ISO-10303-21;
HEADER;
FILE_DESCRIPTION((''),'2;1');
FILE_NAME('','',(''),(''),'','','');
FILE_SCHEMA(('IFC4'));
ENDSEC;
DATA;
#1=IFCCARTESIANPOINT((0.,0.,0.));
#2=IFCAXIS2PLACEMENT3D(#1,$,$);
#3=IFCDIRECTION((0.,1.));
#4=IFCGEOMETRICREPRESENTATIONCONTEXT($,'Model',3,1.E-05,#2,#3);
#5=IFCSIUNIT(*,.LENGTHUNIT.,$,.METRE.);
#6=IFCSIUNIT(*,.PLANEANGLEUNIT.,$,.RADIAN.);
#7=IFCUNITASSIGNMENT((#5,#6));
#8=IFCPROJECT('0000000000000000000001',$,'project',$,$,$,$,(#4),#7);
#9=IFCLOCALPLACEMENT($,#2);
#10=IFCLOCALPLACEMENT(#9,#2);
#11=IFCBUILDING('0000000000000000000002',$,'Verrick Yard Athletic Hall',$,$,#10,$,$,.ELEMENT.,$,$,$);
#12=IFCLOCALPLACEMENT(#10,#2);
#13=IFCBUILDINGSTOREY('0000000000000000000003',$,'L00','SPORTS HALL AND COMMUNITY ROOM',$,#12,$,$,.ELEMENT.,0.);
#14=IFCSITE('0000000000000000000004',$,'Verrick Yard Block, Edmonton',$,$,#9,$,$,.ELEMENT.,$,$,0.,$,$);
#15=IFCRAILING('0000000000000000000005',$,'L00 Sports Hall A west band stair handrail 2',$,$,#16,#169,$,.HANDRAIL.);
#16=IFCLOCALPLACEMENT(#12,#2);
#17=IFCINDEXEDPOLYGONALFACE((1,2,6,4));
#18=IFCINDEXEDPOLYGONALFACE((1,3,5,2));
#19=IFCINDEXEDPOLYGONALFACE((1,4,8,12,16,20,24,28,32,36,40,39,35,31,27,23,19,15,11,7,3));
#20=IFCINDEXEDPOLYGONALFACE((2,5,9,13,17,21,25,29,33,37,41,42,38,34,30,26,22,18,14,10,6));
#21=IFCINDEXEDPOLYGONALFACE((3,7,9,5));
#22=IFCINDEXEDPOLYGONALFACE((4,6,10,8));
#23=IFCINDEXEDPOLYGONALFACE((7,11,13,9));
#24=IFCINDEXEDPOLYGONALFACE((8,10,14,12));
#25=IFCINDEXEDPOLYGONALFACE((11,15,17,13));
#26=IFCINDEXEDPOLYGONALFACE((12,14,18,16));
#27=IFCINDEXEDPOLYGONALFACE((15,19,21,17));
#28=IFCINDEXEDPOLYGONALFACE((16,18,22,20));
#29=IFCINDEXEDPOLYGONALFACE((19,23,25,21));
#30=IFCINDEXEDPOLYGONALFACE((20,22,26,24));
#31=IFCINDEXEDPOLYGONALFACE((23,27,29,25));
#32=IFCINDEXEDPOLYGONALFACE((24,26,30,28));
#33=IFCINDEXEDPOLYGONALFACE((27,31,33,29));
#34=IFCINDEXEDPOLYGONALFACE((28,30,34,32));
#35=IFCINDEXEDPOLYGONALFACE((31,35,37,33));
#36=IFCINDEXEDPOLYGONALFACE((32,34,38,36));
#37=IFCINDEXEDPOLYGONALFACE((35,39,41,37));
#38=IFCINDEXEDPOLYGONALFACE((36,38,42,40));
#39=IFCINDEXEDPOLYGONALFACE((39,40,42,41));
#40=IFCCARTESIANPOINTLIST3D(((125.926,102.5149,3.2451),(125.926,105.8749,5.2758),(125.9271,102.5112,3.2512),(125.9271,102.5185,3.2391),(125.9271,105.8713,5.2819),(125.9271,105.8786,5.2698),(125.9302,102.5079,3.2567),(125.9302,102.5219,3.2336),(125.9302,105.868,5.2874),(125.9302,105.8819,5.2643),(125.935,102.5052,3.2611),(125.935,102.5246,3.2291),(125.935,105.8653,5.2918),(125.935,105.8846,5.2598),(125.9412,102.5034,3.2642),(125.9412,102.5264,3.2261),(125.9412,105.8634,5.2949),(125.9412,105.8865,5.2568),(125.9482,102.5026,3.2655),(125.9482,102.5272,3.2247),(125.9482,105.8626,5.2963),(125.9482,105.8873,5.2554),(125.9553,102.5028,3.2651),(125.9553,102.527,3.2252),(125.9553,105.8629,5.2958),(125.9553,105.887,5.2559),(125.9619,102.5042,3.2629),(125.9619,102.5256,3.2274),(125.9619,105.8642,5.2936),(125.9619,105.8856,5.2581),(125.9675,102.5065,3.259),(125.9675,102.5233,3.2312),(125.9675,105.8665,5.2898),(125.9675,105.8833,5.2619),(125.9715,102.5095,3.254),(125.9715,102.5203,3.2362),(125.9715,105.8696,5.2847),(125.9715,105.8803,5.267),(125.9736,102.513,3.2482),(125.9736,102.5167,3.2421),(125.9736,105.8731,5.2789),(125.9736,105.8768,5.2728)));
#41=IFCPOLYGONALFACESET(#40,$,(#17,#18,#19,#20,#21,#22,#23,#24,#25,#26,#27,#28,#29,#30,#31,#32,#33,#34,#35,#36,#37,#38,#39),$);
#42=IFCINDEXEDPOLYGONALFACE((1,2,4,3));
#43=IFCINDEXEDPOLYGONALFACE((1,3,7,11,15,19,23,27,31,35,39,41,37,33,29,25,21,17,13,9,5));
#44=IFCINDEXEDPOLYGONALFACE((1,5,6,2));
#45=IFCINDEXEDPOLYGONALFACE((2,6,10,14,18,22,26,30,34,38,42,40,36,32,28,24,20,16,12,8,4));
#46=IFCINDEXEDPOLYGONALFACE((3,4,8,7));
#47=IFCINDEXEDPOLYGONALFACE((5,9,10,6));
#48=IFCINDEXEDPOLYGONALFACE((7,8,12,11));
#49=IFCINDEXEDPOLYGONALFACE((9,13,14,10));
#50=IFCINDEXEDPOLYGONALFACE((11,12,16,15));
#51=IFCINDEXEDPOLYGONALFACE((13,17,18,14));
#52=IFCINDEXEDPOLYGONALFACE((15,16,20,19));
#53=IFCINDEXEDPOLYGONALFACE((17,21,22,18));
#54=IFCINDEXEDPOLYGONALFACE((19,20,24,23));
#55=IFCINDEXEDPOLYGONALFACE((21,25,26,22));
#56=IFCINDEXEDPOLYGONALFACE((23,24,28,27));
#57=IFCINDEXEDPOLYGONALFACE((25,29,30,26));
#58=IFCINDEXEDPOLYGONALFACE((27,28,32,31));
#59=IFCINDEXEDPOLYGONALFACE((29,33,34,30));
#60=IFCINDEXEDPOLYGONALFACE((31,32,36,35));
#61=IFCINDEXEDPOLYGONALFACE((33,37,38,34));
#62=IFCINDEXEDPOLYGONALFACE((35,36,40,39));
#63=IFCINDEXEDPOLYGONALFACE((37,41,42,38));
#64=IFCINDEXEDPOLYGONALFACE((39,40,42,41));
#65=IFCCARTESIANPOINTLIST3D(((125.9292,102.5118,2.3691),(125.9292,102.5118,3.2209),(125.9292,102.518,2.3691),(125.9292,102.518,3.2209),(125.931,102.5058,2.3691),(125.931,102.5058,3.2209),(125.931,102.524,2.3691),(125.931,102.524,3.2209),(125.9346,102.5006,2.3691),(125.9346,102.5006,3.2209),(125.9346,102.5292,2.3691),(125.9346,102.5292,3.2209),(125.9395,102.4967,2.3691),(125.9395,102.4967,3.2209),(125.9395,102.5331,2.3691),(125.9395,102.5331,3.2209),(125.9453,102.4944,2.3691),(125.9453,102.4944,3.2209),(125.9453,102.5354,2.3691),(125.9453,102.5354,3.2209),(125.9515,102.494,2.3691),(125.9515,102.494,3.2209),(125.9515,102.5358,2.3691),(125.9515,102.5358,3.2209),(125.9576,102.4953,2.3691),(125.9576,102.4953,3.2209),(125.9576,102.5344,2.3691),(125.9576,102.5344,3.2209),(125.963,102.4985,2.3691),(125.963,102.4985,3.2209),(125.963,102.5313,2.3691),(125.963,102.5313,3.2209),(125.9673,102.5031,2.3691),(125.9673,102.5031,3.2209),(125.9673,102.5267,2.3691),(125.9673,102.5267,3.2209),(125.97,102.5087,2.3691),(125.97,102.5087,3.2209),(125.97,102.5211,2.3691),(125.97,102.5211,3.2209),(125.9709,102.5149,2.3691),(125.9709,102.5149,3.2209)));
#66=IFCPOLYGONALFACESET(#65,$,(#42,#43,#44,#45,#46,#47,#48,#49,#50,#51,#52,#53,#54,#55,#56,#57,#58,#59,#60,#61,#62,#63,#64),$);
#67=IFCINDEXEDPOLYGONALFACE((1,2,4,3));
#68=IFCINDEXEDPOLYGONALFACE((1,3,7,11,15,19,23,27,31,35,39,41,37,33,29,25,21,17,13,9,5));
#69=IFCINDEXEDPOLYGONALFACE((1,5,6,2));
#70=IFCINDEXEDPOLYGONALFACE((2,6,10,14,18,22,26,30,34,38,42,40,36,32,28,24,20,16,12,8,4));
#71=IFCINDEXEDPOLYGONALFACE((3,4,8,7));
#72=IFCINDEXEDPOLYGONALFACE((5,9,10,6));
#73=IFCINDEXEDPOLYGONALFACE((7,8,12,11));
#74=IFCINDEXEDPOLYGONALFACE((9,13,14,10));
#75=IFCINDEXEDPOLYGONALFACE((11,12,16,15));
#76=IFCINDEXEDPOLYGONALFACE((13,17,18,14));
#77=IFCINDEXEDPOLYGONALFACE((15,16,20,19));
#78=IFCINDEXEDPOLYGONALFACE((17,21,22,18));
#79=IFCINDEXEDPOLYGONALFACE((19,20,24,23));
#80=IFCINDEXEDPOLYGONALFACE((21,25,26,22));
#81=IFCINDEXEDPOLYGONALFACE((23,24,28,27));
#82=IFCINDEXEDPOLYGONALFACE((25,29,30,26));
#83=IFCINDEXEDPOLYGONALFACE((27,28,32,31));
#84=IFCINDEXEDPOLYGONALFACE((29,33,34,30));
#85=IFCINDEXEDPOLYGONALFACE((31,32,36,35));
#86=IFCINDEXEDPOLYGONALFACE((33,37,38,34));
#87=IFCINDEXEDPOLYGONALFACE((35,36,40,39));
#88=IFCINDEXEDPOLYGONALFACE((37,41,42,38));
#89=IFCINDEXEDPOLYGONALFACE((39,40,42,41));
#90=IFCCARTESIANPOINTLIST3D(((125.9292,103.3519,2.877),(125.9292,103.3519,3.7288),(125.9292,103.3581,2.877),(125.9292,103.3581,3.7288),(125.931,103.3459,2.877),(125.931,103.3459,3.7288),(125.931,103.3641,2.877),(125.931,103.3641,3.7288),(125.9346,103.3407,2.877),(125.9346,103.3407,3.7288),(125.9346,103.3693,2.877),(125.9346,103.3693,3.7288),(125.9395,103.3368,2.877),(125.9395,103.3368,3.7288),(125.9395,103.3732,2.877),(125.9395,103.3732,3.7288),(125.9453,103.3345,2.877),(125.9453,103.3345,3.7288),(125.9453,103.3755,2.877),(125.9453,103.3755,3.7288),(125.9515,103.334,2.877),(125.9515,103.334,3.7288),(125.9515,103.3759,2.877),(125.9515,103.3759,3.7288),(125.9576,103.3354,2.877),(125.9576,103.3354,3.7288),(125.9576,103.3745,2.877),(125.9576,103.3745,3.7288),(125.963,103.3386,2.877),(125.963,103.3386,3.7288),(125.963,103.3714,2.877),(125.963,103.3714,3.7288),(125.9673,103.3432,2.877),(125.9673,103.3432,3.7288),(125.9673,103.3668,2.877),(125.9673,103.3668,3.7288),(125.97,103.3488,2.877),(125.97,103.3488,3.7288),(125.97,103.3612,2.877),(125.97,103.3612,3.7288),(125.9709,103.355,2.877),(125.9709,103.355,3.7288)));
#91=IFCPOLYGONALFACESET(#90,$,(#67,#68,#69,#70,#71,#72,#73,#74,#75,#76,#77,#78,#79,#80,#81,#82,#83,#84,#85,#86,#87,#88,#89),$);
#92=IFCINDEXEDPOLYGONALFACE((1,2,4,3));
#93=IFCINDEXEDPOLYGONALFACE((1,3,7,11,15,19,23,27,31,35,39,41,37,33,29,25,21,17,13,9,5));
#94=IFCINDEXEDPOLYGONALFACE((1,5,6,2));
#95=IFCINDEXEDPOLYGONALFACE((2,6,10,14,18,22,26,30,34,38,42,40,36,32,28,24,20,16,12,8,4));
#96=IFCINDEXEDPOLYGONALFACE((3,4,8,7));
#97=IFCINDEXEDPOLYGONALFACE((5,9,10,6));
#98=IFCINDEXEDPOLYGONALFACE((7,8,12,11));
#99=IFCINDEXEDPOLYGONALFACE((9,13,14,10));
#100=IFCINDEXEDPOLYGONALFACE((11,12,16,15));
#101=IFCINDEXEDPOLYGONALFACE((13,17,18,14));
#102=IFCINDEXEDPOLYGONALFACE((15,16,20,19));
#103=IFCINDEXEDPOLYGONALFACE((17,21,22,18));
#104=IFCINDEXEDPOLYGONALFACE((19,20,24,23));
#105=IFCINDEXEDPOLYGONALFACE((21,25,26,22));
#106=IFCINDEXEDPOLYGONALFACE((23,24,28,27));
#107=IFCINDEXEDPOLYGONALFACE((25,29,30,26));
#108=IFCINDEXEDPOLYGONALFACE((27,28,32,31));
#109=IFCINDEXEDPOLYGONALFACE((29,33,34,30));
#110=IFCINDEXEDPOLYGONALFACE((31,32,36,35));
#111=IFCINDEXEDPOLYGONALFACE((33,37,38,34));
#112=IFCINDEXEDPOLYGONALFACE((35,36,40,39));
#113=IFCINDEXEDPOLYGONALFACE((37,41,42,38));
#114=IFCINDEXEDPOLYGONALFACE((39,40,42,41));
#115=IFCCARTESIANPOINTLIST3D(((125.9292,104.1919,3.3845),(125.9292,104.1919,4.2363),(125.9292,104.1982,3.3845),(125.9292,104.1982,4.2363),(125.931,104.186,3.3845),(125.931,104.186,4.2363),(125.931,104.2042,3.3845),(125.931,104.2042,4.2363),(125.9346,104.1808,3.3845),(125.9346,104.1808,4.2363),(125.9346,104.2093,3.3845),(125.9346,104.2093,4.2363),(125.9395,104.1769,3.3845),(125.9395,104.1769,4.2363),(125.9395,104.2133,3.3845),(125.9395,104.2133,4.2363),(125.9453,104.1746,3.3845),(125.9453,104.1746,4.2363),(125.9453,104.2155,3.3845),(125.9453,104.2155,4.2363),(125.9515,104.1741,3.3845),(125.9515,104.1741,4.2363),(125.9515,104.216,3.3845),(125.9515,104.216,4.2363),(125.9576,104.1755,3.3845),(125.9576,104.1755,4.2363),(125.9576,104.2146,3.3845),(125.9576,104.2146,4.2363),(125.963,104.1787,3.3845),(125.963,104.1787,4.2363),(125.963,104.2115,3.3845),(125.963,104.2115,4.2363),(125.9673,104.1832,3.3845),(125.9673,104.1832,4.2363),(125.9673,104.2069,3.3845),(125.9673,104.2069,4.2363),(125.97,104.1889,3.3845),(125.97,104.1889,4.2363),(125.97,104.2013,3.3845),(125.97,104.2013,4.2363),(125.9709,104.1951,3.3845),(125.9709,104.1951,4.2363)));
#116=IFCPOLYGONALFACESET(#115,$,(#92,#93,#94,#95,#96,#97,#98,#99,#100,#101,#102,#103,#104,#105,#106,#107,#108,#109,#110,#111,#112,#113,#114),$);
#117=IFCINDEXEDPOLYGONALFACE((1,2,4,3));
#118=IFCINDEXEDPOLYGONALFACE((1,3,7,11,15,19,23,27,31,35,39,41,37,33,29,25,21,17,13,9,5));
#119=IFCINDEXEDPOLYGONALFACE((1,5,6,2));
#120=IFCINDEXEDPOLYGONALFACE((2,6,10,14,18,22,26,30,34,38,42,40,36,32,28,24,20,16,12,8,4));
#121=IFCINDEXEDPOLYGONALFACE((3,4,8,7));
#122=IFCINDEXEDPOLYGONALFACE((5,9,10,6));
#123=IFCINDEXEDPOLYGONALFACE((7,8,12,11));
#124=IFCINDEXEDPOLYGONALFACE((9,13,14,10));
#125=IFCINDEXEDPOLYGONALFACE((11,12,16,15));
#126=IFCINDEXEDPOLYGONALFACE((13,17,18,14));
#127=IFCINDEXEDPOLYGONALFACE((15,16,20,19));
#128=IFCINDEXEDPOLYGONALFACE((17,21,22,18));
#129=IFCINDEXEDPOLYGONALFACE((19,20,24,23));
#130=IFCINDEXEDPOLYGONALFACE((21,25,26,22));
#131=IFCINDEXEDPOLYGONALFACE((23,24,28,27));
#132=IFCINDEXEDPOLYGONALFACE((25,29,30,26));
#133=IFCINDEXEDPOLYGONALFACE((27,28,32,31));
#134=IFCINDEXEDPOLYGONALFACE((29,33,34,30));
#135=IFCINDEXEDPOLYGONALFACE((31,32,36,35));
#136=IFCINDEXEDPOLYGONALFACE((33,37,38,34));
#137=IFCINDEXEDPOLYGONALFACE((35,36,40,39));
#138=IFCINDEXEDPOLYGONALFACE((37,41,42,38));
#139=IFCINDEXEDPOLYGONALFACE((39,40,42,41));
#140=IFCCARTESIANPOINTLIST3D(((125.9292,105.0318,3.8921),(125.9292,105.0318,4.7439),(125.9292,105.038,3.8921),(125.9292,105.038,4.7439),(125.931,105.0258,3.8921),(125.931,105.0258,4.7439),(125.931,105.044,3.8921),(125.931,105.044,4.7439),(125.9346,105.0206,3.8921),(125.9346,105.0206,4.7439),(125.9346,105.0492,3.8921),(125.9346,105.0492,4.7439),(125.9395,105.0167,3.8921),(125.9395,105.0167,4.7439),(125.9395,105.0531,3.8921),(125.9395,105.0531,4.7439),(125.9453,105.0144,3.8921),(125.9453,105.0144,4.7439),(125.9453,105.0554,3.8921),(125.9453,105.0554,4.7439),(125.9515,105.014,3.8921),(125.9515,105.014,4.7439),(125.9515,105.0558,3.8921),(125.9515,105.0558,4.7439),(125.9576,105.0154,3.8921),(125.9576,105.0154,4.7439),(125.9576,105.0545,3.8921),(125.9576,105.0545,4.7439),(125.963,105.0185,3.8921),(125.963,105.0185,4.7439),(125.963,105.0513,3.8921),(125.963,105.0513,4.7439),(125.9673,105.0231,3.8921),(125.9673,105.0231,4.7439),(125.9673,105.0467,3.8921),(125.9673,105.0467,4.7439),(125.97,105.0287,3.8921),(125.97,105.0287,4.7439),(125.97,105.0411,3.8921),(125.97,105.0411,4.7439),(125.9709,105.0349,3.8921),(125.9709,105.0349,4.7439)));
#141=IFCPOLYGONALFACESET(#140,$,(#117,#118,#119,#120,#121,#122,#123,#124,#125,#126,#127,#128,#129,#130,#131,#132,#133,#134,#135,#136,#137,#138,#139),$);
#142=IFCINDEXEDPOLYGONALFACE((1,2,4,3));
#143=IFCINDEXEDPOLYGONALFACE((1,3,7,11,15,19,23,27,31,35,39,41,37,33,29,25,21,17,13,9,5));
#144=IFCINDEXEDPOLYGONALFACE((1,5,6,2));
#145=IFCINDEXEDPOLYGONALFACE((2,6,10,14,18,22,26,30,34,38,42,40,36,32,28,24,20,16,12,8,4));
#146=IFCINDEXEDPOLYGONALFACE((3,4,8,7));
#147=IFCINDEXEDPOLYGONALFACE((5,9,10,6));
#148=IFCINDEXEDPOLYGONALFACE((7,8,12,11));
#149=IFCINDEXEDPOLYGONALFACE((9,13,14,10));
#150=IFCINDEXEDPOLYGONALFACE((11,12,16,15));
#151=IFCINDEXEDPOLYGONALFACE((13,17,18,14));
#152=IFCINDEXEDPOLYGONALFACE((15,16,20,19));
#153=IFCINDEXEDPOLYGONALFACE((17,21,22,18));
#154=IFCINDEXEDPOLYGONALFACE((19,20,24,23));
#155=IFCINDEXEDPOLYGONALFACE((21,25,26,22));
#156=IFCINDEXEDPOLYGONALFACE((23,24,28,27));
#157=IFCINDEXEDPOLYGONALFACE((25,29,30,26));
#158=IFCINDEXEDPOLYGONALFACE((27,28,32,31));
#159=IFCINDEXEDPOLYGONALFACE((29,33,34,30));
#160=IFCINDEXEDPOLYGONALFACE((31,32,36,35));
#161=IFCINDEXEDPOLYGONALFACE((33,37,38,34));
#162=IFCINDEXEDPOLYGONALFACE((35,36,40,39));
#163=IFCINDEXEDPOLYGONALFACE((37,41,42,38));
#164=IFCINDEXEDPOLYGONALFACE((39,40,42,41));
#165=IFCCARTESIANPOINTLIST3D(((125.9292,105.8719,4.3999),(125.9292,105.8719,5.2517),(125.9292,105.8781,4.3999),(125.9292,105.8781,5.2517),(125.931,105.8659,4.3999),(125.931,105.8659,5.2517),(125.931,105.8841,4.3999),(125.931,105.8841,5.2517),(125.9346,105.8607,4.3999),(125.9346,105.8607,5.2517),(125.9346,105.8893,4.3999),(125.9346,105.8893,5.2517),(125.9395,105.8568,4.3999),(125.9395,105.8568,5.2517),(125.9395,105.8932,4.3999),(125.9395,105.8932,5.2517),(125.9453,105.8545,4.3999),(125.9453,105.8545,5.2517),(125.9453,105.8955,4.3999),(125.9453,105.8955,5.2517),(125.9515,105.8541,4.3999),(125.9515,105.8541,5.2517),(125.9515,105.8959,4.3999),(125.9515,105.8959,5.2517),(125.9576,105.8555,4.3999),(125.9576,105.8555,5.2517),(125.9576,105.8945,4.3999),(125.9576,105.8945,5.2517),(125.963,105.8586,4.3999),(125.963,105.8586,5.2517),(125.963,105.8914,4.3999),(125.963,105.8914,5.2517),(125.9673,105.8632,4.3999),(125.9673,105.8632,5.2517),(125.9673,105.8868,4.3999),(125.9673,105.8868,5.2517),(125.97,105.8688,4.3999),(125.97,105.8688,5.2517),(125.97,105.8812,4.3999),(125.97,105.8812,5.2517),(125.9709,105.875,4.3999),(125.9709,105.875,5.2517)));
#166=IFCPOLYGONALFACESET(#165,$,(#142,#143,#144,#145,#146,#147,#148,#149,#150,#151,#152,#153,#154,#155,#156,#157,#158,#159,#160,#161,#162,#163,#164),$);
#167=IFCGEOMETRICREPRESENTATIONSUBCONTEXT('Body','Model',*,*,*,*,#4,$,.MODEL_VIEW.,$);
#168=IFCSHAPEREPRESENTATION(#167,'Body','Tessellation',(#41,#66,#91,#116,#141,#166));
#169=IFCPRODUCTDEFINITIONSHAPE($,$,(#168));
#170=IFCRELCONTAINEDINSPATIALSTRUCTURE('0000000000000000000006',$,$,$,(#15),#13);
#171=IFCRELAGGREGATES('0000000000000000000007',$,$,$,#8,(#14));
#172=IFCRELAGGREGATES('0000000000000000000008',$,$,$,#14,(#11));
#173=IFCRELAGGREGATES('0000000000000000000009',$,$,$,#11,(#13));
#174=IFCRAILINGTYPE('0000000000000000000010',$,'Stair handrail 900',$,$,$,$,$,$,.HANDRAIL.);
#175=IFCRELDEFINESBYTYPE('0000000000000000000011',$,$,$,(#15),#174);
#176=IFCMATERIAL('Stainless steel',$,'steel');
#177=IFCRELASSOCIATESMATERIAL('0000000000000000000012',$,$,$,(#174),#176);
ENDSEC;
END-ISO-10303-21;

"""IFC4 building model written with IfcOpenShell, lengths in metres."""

from ifc_helpers import new_model, si_unit, direction, frame, origin, origin_2d, place, context, subcontext, project, spatial, circle, extrude, material, type_object, element, save


model = new_model("IFC4")

# Units and contexts
model_context = context("Model", 3, precision=1e-05, world=origin(), true_north=direction((0.0, 1.0)))
body_context = subcontext(model_context, "Body", "Model", "MODEL_VIEW")
ifc_project = project(units=[si_unit("LENGTHUNIT", "METRE"), si_unit("PLANEANGLEUNIT", "RADIAN")], contexts=[model_context])

# Site, building, storey
site_placement = place(None, origin())
site = spatial("IfcSite", under=ifc_project, at=site_placement, Name="Verrick Yard Block, Edmonton", CompositionType="ELEMENT", RefElevation=0.0)
building_placement = place(site_placement, origin())
building = spatial("IfcBuilding", under=site, at=building_placement, Name="Verrick Yard Athletic Hall", CompositionType="ELEMENT")
storey_placement = place(building_placement, origin())
storey = spatial("IfcBuildingStorey", under=building, at=storey_placement, Name="L00", Description="SPORTS HALL AND COMMUNITY ROOM", CompositionType="ELEMENT", Elevation=0.0)

# Railing
ifc_material_1 = material(Name="Stainless steel", Category="steel")
railing_type = type_object("IfcRailingType", Name="Stair handrail 900", PredefinedType="HANDRAIL", material=ifc_material_1)
railing_placement = place(storey_placement, frame((125.95, 102.5149, 2.3691)))
element("IfcRailing", 1, at=railing_placement, inside=storey, type_object=railing_type, Name="L00 Sports Hall A west band stair handrail 2", PredefinedType="HANDRAIL", context=body_context, shape_type="SweptSolid", body=[
    extrude(circle(Radius=0.0239, at=origin_2d()), frame((0.0, 0.0, 0.876), z_axis=(0.0, 0.855837, 0.517246), x_axis=(-1.0, 0.0, 0.0)), (0.0, 0.0, 1.0), 3.926),
    extrude(circle(Radius=0.021, at=origin_2d()), origin(), (0.0, 0.0, 1.0), 0.8518),
    extrude(circle(Radius=0.021, at=origin_2d()), frame((0.0, 0.8401, 0.5078)), (0.0, 0.0, 1.0), 0.8518),
    extrude(circle(Radius=0.021, at=origin_2d()), frame((0.0, 1.6802, 1.0154)), (0.0, 0.0, 1.0), 0.8518),
    extrude(circle(Radius=0.021, at=origin_2d()), frame((0.0, 2.52, 1.5229)), (0.0, 0.0, 1.0), 0.8518),
    extrude(circle(Radius=0.021, at=origin_2d()), frame((0.0, 3.3601, 2.0308)), (0.0, 0.0, 1.0), 0.8518),
])

save(model, "model.ifc")
